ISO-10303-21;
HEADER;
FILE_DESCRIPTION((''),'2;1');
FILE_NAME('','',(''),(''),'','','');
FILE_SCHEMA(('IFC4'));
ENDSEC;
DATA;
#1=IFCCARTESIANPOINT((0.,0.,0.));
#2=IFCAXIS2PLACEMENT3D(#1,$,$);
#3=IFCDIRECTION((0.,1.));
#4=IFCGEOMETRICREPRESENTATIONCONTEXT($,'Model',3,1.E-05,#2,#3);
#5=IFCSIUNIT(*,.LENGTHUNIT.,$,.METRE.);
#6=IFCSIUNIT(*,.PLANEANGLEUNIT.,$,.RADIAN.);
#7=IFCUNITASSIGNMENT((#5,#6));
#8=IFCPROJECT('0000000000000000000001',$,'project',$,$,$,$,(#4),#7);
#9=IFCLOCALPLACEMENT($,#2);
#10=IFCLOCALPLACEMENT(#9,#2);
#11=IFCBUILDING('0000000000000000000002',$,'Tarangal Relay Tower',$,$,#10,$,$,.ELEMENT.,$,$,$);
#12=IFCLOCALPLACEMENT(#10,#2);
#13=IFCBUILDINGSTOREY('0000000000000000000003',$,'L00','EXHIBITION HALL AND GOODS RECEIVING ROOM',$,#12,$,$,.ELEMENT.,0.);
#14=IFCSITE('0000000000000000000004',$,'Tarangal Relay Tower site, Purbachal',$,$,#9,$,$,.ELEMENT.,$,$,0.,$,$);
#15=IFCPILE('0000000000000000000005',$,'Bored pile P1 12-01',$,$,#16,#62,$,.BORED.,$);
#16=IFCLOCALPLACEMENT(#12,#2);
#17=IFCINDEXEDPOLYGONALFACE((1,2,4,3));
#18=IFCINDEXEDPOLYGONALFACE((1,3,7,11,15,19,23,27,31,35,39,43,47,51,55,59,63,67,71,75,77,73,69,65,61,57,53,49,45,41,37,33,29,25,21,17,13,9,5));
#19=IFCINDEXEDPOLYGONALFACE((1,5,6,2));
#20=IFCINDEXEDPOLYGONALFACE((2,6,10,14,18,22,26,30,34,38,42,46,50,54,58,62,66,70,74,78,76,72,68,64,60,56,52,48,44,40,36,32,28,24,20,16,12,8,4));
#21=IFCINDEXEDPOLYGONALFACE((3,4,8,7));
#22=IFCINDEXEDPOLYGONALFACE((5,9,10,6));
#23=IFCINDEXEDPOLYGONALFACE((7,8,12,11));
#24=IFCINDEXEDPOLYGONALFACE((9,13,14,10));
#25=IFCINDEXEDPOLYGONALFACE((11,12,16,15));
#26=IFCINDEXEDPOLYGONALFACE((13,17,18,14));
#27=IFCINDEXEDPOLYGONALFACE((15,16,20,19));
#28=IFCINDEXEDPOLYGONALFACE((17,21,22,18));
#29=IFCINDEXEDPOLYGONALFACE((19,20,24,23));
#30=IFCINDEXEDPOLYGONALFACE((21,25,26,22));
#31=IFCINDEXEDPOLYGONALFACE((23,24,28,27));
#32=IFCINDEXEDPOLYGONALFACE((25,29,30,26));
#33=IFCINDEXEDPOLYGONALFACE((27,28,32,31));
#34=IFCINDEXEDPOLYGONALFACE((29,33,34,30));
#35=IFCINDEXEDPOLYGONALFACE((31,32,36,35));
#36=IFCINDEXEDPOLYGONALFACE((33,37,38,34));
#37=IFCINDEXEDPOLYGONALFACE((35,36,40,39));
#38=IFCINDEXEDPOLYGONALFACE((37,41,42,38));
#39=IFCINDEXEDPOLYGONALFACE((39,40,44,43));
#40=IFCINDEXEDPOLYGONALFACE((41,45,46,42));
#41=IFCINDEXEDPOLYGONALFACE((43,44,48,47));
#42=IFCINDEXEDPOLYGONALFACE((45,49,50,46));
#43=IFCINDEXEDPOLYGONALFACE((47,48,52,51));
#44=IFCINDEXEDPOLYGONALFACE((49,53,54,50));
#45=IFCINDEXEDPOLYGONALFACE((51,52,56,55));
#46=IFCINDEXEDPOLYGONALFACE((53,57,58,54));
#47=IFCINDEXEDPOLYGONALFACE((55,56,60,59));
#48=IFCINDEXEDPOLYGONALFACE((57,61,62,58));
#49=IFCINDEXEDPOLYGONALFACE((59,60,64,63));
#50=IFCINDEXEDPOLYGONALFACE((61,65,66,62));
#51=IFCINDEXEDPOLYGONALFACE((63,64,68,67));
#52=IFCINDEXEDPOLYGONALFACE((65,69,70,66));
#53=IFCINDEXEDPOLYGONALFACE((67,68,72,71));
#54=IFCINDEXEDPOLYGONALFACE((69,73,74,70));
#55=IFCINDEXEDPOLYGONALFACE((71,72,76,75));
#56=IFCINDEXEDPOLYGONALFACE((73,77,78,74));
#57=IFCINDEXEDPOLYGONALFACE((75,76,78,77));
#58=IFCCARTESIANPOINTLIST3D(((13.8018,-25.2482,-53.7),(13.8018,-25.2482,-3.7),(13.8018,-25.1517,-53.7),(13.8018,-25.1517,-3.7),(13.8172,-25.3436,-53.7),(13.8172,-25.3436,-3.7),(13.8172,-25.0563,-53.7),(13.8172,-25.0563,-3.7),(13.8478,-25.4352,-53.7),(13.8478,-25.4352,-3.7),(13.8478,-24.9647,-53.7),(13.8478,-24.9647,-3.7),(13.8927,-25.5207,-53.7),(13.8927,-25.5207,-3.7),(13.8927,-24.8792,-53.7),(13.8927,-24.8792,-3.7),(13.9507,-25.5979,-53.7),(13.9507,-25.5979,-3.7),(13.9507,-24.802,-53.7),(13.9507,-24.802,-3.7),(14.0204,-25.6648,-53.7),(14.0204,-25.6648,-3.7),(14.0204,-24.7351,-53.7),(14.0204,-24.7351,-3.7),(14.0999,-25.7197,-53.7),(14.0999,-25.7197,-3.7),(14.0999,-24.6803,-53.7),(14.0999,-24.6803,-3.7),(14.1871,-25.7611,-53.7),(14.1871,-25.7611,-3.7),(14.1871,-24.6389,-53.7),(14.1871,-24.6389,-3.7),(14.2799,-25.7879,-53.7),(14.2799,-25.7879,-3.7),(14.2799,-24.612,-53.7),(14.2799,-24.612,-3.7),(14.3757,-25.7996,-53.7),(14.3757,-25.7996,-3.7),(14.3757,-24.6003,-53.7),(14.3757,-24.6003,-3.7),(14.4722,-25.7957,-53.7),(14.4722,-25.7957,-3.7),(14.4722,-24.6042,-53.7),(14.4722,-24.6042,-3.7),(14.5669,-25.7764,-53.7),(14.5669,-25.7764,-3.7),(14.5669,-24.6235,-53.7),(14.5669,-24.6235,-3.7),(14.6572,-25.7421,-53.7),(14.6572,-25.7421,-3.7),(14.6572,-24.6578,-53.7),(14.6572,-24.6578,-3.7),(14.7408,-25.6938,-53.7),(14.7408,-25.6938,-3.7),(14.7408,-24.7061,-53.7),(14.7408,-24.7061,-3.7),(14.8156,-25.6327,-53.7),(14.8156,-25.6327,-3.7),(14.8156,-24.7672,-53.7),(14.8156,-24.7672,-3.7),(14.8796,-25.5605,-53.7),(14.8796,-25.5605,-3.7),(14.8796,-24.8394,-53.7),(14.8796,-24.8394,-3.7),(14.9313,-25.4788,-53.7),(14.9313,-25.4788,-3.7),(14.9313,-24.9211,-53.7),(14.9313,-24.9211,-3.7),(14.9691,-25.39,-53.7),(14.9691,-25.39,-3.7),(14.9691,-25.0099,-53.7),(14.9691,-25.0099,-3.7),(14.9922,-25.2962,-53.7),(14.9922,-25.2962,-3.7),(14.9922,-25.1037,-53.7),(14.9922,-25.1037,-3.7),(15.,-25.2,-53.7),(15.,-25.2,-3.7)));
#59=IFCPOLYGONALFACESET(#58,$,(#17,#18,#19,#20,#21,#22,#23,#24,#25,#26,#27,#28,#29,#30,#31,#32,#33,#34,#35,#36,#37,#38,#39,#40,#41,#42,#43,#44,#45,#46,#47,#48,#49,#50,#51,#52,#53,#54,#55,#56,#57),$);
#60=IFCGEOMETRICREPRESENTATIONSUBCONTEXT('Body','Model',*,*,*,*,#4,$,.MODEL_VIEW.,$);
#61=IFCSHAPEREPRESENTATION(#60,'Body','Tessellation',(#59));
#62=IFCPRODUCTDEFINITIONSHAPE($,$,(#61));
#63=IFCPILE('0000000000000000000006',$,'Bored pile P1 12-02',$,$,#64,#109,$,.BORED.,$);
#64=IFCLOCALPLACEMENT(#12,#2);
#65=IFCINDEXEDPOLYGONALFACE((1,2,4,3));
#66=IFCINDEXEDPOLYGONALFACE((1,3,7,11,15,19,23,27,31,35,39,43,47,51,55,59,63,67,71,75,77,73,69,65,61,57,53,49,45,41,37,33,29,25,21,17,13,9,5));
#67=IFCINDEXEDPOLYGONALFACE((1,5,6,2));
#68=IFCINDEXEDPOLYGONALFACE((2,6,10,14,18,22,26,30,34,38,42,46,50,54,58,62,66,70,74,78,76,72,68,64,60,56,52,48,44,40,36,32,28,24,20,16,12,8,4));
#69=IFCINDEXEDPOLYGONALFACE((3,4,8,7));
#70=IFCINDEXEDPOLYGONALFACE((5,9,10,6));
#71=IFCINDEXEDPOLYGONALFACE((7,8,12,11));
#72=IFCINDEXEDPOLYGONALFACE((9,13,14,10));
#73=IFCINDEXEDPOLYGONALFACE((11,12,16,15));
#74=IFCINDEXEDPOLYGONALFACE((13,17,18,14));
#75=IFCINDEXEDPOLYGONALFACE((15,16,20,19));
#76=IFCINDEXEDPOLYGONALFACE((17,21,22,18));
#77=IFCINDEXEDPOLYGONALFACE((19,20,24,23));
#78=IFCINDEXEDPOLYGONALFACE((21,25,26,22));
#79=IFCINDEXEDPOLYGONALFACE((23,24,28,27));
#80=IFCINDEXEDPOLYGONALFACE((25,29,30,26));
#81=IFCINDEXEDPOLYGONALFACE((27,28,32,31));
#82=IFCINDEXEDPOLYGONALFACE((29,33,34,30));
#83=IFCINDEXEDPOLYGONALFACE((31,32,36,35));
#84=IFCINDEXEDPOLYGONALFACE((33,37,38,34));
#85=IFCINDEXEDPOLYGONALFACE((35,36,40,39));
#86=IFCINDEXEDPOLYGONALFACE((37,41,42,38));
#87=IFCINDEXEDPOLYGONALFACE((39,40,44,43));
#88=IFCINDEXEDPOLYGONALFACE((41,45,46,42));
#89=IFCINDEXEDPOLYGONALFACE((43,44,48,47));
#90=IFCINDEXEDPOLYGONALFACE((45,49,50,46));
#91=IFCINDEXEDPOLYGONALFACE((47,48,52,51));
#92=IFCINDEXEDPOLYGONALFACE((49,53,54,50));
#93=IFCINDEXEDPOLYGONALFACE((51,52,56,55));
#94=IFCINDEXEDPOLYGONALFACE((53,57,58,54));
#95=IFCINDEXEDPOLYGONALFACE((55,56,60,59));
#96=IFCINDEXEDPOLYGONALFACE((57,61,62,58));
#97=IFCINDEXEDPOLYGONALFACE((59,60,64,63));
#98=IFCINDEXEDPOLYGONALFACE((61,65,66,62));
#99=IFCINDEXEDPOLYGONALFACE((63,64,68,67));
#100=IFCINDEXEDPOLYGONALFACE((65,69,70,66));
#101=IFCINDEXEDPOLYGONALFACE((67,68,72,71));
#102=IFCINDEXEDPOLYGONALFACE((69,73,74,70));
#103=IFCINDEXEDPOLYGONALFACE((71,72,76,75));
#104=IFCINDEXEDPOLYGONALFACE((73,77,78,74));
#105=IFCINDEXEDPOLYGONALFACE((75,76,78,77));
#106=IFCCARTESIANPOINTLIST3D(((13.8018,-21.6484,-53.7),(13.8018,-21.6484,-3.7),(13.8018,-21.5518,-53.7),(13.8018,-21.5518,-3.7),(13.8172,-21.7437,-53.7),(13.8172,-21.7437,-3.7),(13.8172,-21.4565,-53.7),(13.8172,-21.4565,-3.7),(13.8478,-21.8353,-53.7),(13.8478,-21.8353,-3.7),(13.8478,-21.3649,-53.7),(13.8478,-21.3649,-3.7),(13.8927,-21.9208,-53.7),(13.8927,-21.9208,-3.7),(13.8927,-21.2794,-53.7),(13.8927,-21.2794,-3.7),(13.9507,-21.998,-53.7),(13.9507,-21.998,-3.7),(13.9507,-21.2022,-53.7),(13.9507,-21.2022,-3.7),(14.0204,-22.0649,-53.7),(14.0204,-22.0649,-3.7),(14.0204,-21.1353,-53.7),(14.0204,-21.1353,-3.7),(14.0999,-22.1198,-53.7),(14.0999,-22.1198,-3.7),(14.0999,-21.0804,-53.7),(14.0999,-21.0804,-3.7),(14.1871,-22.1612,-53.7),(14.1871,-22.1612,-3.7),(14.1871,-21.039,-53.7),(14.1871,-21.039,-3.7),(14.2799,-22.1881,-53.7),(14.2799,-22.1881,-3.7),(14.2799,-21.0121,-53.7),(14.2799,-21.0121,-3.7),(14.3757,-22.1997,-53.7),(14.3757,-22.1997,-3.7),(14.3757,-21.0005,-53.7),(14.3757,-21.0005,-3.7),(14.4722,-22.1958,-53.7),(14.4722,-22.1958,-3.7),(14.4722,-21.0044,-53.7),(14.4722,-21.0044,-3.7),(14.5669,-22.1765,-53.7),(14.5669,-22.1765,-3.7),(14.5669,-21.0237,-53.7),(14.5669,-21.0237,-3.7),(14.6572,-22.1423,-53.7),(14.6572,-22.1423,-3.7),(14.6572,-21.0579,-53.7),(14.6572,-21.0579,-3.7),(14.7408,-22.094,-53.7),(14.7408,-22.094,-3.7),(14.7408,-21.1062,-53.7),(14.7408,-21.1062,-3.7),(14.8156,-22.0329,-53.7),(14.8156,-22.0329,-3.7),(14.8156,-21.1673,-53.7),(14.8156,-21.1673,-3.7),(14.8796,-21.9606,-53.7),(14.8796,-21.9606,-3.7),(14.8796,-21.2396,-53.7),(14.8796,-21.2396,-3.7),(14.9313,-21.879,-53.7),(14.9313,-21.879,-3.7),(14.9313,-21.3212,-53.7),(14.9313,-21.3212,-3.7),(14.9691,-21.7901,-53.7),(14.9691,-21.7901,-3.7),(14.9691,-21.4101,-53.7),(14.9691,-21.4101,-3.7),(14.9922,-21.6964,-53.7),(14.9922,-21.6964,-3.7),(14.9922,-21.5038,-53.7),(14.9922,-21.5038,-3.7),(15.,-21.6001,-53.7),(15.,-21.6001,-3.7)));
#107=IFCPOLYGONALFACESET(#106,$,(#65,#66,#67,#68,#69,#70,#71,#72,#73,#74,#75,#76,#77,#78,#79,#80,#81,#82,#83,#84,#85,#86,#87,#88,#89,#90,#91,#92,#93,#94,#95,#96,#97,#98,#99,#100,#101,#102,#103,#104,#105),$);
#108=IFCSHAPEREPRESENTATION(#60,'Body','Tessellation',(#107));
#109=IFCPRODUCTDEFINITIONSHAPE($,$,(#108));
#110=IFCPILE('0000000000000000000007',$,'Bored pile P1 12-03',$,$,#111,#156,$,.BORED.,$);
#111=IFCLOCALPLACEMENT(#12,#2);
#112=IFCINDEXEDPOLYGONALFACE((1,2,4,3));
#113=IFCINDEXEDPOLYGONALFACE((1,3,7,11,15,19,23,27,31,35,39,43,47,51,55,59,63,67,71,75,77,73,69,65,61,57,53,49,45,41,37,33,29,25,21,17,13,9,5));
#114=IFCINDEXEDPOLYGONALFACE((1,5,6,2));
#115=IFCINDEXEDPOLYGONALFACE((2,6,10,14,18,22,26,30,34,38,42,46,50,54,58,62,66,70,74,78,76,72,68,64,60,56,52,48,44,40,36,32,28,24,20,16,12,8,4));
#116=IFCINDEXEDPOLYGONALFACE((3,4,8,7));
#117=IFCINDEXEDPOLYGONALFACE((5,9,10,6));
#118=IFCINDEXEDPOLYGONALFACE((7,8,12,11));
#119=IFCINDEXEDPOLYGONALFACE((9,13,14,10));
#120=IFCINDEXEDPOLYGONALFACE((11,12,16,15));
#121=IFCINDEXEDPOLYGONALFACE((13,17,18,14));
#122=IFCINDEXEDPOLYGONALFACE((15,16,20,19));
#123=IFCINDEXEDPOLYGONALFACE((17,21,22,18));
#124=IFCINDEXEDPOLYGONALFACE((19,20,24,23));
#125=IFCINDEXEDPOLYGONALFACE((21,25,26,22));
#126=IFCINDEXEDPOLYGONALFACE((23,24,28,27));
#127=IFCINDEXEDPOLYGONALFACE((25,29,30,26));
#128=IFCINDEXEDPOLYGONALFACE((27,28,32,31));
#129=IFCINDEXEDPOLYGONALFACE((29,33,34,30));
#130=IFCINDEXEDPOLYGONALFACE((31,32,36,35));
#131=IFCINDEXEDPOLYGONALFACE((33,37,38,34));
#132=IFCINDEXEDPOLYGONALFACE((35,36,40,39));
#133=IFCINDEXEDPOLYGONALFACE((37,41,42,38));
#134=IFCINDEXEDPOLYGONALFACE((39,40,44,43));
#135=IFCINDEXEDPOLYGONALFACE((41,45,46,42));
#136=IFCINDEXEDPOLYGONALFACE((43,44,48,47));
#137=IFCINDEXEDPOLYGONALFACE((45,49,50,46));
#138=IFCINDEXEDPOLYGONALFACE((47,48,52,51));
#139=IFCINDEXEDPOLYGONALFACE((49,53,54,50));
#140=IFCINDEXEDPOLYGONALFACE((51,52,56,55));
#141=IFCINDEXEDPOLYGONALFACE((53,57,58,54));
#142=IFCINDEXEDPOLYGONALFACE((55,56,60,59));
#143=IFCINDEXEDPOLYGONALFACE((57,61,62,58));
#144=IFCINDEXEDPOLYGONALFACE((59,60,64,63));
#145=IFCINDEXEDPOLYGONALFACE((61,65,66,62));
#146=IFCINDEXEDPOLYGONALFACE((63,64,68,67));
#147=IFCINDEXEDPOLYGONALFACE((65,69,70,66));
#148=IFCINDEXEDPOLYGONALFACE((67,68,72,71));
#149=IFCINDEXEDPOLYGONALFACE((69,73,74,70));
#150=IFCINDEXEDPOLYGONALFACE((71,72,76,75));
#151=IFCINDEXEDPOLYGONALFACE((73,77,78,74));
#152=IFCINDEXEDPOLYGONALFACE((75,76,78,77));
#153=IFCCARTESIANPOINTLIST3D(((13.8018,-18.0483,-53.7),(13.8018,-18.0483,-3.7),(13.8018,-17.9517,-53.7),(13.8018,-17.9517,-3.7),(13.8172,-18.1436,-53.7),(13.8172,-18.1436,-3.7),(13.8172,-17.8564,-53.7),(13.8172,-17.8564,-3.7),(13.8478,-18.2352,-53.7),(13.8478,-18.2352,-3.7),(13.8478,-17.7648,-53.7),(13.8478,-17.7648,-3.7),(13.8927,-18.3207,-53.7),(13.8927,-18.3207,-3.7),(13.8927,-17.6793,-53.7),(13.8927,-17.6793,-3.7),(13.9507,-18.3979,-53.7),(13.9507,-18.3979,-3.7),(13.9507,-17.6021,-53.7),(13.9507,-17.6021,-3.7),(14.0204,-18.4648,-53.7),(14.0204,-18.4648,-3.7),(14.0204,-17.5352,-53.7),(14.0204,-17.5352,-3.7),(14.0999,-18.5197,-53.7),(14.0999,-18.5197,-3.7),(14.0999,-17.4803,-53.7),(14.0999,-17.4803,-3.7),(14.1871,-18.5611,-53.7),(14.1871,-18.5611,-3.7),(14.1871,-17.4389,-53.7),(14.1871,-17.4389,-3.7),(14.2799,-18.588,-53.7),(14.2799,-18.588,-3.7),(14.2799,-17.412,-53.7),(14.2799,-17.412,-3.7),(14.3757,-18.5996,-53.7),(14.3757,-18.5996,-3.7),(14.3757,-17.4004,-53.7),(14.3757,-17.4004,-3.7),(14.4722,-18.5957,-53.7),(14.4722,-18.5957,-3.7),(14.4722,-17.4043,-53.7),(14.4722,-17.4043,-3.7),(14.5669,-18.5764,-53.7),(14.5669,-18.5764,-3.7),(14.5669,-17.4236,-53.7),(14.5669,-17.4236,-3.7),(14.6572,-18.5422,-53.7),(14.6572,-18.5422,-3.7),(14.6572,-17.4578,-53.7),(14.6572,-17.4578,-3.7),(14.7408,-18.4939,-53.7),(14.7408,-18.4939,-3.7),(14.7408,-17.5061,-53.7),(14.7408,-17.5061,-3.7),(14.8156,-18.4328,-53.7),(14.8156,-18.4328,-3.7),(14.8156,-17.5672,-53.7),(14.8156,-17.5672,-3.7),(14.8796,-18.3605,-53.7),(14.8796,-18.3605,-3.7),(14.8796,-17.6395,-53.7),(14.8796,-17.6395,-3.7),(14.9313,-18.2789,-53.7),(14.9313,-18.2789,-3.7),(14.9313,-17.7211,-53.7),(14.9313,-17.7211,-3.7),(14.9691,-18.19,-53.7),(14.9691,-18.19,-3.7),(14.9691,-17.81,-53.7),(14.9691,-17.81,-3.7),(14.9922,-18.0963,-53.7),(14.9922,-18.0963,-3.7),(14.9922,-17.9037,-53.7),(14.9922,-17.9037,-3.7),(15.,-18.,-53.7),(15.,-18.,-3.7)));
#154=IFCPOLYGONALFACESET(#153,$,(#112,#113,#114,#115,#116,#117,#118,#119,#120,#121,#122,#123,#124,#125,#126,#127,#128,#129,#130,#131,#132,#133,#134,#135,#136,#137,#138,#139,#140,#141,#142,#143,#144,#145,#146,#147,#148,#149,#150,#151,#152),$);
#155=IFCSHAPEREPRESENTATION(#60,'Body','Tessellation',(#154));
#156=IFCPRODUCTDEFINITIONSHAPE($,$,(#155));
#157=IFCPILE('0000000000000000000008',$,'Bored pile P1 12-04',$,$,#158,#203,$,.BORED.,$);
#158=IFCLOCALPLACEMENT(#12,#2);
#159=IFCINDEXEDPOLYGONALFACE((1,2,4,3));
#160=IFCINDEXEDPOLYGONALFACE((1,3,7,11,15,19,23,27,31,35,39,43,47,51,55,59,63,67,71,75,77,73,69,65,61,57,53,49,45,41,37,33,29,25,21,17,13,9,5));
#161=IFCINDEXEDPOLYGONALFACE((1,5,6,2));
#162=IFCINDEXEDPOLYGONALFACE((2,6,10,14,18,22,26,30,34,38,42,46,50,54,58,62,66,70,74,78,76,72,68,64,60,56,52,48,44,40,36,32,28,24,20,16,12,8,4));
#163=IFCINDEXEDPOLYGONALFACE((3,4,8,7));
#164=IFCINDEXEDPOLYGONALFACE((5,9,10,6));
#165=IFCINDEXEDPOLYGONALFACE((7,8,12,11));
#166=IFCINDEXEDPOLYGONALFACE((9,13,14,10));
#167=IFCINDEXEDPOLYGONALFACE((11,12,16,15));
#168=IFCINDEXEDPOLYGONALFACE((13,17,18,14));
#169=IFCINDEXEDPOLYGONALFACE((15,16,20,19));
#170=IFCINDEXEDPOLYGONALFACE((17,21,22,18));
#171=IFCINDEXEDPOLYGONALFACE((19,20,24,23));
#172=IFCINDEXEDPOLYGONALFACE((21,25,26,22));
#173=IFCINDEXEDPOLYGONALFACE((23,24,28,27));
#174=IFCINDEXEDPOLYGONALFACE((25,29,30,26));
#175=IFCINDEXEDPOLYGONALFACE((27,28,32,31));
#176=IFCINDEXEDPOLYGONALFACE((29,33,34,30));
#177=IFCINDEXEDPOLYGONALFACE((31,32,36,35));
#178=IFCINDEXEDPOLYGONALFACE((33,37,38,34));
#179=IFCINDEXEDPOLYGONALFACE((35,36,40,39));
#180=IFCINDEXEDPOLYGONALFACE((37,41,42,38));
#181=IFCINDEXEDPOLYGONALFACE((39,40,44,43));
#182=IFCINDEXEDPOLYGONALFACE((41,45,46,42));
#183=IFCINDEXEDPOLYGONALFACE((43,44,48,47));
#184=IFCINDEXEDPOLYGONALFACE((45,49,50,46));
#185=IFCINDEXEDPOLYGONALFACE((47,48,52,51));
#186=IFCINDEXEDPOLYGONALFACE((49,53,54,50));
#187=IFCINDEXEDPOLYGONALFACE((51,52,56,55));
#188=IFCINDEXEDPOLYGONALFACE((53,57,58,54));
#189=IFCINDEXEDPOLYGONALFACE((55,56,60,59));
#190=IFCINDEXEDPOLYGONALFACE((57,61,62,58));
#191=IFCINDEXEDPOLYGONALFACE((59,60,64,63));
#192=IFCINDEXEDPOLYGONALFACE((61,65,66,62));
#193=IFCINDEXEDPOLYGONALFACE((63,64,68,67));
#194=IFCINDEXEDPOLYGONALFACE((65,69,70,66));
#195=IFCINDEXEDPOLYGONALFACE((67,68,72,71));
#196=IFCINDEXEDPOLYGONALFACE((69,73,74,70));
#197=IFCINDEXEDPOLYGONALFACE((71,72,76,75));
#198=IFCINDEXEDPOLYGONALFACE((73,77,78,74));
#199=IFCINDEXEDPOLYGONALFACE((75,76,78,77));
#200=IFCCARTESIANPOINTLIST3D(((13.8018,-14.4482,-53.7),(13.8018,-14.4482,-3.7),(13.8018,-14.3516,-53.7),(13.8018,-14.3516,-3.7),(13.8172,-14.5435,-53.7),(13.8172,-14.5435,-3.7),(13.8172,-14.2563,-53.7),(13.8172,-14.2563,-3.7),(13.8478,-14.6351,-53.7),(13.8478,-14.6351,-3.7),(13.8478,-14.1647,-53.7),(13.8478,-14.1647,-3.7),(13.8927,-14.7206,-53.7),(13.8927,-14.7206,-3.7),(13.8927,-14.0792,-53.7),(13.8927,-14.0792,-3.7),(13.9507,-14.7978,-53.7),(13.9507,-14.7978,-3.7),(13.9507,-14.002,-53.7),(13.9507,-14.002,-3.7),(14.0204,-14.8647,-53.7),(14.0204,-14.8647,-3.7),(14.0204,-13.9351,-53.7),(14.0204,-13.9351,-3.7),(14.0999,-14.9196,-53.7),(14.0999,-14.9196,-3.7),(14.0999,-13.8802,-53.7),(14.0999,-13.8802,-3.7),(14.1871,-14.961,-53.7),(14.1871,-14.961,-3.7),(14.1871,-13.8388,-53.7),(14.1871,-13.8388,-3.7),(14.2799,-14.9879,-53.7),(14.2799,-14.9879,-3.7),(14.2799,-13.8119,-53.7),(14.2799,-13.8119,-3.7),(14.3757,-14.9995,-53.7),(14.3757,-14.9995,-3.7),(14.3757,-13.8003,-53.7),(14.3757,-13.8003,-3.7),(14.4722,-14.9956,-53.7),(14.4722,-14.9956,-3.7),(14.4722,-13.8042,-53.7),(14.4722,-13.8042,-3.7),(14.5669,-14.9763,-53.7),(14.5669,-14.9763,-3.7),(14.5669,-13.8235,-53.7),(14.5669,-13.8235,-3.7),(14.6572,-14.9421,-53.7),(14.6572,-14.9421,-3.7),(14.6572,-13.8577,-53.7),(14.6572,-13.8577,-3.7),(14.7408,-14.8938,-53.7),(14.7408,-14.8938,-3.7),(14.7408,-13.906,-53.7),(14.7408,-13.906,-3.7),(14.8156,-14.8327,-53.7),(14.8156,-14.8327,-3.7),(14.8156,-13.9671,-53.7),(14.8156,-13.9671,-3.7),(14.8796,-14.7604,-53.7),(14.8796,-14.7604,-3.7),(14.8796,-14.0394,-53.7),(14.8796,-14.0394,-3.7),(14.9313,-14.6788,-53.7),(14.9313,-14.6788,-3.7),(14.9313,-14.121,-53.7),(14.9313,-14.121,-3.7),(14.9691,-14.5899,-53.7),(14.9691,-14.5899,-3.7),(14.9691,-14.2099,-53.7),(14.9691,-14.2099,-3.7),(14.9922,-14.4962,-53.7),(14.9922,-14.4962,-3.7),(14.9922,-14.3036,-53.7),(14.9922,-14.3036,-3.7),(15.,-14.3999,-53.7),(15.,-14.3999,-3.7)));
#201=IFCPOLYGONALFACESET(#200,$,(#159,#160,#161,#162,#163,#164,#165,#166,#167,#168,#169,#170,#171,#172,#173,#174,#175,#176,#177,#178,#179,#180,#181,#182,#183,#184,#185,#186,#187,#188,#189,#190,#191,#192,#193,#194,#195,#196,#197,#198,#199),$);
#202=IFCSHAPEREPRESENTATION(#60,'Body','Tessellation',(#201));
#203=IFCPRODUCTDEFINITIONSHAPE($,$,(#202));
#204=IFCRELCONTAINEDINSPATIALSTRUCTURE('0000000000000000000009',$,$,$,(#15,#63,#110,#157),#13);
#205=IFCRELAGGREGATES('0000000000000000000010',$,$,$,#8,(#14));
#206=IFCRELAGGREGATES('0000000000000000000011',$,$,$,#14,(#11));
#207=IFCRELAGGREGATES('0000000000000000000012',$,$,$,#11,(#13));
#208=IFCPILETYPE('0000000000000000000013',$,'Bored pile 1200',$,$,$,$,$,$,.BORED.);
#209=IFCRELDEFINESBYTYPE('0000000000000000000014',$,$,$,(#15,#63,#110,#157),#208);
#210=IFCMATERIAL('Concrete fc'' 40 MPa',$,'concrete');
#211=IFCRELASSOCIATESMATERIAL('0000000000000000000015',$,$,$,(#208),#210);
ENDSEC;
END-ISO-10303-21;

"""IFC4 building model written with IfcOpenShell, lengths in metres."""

from ifc_helpers import new_model, si_unit, direction, frame, origin, origin_2d, place, context, subcontext, project, spatial, circle, extrude, material, material_profile, profile_set, type_object, element, save


model = new_model("IFC4")

# Units and contexts
model_context = context("Model", 3, precision=1e-05, world=origin(), true_north=direction((0.0, 1.0)))
body_context = subcontext(model_context, "Body", "Model", "MODEL_VIEW")
ifc_project = project(units=[si_unit("LENGTHUNIT", "METRE"), si_unit("PLANEANGLEUNIT", "RADIAN")], contexts=[model_context])

# Site, building, storey
site_placement = place(None, origin())
site = spatial("IfcSite", under=ifc_project, at=site_placement, Name="Tarangal Relay Tower site, Purbachal", CompositionType="ELEMENT", RefElevation=0.0)
building_placement = place(site_placement, origin())
building = spatial("IfcBuilding", under=site, at=building_placement, Name="Tarangal Relay Tower", CompositionType="ELEMENT")
storey_placement = place(building_placement, origin())
storey = spatial("IfcBuildingStorey", under=building, at=storey_placement, Name="L00", Description="EXHIBITION HALL AND GOODS RECEIVING ROOM", CompositionType="ELEMENT", Elevation=0.0)

# Piles
ifc_material_1 = material(Name="Concrete fc' 40 MPa", Category="concrete")
ifc_material_profile_1 = material_profile(ifc_material_1, circle(Radius=0.6001, at=origin_2d()), Name="D1200")
ifc_profile_set_1 = profile_set([ifc_material_profile_1], Name="Concrete fc' 40 MPa")
pile_type = type_object("IfcPileType", Name="Bored pile 1200", PredefinedType="BORED", material=ifc_profile_set_1)
for number, where, z_axis, x_axis, name in (
    (1, (14.3999, -25.2, -3.7), (0.0, 0.0, -1.0), (1.0, 0.0, 0.0), "Bored pile P1 12-01"),
    (2, (14.3999, -21.6001, -3.7), (0.0, 0.0, -1.0), (1.0, 0.0, 0.0), "Bored pile P1 12-02"),
    (3, (14.3999, -18.0, -3.7), (0.0, 0.0, -1.0), (1.0, 0.0, 0.0), "Bored pile P1 12-03"),
    (4, (14.3999, -14.3999, -3.7), (0.0, 0.0, -1.0), (1.0, 0.0, 0.0), "Bored pile P1 12-04"),
):
    element("IfcPile", number, at=place(storey_placement, frame(where, z_axis=z_axis, x_axis=x_axis)), inside=storey, type_object=pile_type, Name=name, PredefinedType="BORED", context=body_context, shape_type="SweptSolid", body=[
        extrude(circle(Radius=0.6001, at=origin_2d()), origin(), (0.0, 0.0, 1.0), 50.0),
    ])

save(model, "model.ifc")
